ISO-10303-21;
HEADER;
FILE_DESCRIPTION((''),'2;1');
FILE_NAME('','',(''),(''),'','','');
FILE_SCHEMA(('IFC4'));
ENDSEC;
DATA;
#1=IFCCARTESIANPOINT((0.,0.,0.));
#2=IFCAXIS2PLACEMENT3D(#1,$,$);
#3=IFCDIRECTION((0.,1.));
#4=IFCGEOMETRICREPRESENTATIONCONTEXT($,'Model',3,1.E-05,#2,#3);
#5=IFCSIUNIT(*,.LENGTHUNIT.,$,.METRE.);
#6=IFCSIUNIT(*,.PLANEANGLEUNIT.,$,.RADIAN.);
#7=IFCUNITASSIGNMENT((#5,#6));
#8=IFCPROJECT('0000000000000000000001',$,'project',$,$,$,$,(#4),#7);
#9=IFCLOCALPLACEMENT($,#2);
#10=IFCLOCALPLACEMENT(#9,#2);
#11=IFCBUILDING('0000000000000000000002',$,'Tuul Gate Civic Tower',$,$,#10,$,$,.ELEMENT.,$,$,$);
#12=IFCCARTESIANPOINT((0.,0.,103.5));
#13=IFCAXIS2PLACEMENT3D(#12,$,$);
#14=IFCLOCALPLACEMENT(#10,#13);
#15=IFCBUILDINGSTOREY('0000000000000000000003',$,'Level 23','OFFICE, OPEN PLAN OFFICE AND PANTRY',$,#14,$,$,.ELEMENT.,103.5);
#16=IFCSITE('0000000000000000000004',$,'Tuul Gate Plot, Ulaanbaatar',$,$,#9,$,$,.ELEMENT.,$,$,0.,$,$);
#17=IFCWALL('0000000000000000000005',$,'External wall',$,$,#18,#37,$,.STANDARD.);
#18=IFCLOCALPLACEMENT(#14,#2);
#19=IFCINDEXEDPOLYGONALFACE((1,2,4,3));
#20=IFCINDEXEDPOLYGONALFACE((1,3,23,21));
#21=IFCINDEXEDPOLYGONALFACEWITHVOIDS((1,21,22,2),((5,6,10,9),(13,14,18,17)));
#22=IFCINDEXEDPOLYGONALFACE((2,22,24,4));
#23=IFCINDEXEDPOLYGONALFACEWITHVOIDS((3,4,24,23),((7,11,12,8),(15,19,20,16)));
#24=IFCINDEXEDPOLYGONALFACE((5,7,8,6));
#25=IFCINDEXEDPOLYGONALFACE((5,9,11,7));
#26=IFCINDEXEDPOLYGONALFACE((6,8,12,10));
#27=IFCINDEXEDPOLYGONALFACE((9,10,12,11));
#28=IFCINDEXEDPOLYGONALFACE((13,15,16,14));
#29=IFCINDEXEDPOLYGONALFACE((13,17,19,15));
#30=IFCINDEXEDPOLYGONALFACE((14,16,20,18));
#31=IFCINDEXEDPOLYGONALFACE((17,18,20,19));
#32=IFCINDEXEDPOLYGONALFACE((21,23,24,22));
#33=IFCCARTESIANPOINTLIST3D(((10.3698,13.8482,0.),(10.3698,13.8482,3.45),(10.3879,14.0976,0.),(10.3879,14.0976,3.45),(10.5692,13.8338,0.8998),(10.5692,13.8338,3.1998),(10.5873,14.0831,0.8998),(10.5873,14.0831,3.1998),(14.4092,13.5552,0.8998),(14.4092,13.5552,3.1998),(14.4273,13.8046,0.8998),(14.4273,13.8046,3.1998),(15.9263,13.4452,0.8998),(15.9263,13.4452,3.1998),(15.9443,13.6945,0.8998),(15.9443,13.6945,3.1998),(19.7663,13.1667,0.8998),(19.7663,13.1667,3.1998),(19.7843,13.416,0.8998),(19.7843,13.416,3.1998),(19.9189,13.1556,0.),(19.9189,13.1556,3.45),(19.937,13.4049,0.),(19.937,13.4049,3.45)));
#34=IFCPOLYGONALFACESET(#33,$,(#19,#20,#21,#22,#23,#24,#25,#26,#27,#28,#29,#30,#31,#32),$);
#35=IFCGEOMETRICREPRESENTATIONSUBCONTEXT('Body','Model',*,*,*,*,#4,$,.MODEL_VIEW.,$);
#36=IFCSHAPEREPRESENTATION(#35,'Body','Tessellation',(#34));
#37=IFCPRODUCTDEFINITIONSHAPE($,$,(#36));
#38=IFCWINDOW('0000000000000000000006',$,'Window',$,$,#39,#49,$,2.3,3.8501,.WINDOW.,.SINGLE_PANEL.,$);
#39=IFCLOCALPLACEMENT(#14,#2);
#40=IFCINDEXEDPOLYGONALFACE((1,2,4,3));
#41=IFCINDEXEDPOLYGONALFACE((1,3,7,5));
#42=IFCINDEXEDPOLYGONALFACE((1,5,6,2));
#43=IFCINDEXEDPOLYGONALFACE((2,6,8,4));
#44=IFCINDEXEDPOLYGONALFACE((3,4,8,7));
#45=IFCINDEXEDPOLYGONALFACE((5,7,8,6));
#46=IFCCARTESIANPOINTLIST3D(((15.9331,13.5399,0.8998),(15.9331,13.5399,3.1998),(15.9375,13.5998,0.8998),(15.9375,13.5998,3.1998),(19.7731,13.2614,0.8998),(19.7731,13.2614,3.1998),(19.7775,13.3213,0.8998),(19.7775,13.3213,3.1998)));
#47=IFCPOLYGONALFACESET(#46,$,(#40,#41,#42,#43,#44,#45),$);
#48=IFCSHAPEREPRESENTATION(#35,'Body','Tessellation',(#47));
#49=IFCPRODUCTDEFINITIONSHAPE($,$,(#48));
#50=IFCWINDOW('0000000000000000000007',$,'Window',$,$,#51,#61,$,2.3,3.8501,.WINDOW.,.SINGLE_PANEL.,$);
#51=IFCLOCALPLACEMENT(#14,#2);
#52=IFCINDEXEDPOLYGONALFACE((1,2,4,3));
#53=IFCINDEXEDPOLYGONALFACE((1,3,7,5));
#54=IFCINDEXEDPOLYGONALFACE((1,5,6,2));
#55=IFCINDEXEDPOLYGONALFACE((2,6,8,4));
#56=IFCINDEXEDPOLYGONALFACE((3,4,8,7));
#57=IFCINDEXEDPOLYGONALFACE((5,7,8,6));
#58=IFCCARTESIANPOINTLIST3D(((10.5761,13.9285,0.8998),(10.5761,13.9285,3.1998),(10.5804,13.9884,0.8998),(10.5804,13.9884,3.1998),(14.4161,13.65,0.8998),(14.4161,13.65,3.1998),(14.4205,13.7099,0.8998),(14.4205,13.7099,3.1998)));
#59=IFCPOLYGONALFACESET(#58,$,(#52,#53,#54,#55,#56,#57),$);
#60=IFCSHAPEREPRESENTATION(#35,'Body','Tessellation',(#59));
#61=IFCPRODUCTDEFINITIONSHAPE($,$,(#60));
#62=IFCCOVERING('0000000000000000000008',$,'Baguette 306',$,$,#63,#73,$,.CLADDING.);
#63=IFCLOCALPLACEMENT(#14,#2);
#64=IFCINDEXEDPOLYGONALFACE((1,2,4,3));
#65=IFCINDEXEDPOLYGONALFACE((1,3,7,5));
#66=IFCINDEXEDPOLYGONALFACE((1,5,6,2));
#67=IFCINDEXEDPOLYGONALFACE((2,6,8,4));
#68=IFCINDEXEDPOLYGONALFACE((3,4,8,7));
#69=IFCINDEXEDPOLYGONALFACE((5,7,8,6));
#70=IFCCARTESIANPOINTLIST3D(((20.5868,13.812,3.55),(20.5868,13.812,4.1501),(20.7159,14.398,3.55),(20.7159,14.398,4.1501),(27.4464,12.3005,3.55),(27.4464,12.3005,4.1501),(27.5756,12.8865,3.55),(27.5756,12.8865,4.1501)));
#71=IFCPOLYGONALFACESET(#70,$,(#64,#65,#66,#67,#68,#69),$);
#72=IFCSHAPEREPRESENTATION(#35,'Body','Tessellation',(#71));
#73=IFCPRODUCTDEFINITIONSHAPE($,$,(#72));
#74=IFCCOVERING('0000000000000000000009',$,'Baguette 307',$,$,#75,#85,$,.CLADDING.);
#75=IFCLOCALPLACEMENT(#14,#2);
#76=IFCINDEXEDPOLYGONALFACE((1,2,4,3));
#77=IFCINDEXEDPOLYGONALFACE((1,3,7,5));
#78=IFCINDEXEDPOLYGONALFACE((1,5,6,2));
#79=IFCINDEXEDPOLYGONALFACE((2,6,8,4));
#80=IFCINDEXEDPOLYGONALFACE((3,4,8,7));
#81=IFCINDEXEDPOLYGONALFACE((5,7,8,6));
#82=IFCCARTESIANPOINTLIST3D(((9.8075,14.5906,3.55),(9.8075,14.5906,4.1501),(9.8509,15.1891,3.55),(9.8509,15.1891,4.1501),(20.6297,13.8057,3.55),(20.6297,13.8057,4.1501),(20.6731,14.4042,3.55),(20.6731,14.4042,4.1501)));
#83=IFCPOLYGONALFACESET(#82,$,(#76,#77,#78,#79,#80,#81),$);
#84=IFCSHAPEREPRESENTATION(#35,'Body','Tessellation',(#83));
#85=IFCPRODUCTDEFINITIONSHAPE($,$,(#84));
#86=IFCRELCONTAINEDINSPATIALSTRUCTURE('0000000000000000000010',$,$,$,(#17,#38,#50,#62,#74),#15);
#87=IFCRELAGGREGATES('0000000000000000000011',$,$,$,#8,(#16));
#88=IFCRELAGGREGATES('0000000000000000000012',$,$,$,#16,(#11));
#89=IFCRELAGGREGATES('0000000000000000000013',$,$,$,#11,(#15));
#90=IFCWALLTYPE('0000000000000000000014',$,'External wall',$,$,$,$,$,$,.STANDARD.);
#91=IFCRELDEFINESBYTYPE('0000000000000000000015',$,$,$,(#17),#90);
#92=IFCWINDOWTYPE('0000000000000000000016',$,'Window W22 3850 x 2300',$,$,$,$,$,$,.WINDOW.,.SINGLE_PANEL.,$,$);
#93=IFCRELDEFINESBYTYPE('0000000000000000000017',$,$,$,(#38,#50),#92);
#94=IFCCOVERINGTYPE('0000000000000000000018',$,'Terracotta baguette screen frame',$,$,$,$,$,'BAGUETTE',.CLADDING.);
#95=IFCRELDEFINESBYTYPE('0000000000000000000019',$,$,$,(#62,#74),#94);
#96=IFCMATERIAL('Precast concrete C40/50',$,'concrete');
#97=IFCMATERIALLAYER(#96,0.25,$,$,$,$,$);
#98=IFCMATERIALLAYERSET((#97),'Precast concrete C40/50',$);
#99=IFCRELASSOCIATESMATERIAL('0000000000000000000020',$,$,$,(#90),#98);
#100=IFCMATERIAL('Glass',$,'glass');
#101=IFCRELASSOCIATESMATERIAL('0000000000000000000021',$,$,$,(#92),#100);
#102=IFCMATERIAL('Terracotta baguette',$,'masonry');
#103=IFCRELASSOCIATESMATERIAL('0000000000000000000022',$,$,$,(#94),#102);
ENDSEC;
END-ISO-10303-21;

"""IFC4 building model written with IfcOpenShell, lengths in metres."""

from ifc_helpers import new_model, si_unit, direction, frame, frame_2d, origin, origin_2d, place, context, subcontext, project, spatial, rectangle, extrude, material, layer, layer_set, material_profile, profile_set, type_object, element, fill, save


model = new_model("IFC4")

# Units and contexts
model_context = context("Model", 3, precision=1e-05, world=origin(), true_north=direction((0.0, 1.0)))
body_context = subcontext(model_context, "Body", "Model", "MODEL_VIEW")
ifc_project = project(units=[si_unit("LENGTHUNIT", "METRE"), si_unit("PLANEANGLEUNIT", "RADIAN")], contexts=[model_context])

# Site, building, storey
site_placement = place(None, origin())
site = spatial("IfcSite", under=ifc_project, at=site_placement, Name="Tuul Gate Plot, Ulaanbaatar", CompositionType="ELEMENT", RefElevation=0.0)
building_placement = place(site_placement, origin())
building = spatial("IfcBuilding", under=site, at=building_placement, Name="Tuul Gate Civic Tower", CompositionType="ELEMENT")
storey_placement = place(building_placement, frame((0.0, 0.0, 103.5)))
storey = spatial("IfcBuildingStorey", under=building, at=storey_placement, Name="Level 23", Description="OFFICE, OPEN PLAN OFFICE AND PANTRY", CompositionType="ELEMENT", Elevation=103.5)

# Wall, openings, windows
ifc_material_1 = material(Name="Precast concrete C40/50", Category="concrete")
ifc_layer_1 = layer(ifc_material_1, 0.25)
ifc_layer_set_1 = layer_set([ifc_layer_1], Name="Precast concrete C40/50")
wall_type_1 = type_object("IfcWallType", Name="External wall", PredefinedType="STANDARD", material=ifc_layer_set_1)
wall_1_placement = place(storey_placement, frame((19.928, 13.2803, 0.0), z_axis=(0.0, 0.0, 1.0), x_axis=(-0.99738, 0.072343, 0.0)))
wall_1 = element("IfcWall", 1, at=wall_1_placement, inside=storey, type_object=wall_type_1, Name="External wall", PredefinedType="STANDARD", context=body_context, shape_type="SweptSolid", body=[
    extrude(rectangle(XDim=9.5742, YDim=0.25, at=frame_2d((4.7871, 0.0))), origin(), (0.0, 0.0, 1.0), 3.45),
])
opening_1_placement = place(wall_1_placement, frame((0.1531, 0.0, 0.8999)))
opening_1 = element("IfcOpeningElement", 2, at=opening_1_placement, cuts=wall_1, PredefinedType="OPENING", context=body_context, shape_type="SweptSolid", body=[
    extrude(rectangle(XDim=3.8501, YDim=2.3, at=frame_2d((1.925, 1.1499))), frame((0.0, 0.135, 0.0), z_axis=(0.0, -1.0, 0.0), x_axis=(1.0, 0.0, 0.0)), (0.0, 0.0, 1.0), 0.27),
])
opening_2_placement = place(wall_1_placement, frame((5.5242, 0.0, 0.8999)))
opening_2 = element("IfcOpeningElement", 3, at=opening_2_placement, cuts=wall_1, PredefinedType="OPENING", context=body_context, shape_type="SweptSolid", body=[
    extrude(rectangle(XDim=3.8501, YDim=2.3, at=frame_2d((1.925, 1.1499))), frame((0.0, 0.135, 0.0), z_axis=(0.0, -1.0, 0.0), x_axis=(1.0, 0.0, 0.0)), (0.0, 0.0, 1.0), 0.27),
])
ifc_material_2 = material(Name="Glass", Category="glass")
window_type = type_object("IfcWindowType", Name="Window W22 3850 x 2300", PartitioningType="SINGLE_PANEL", PredefinedType="WINDOW", material=ifc_material_2)
window_1_placement = place(opening_1_placement, origin())
window_1 = element("IfcWindow", 4, at=window_1_placement, inside=storey, type_object=window_type, Name="Window", OverallHeight=2.3, OverallWidth=3.8501, PartitioningType="SINGLE_PANEL", PredefinedType="WINDOW", context=body_context, shape_type="SweptSolid", body=[
    extrude(rectangle(XDim=3.8501, YDim=2.3, at=frame_2d((1.925, 1.1499))), frame((0.0, 0.03, 0.0), z_axis=(0.0, -1.0, 0.0), x_axis=(1.0, 0.0, 0.0)), (0.0, 0.0, 1.0), 0.0601),
])
fill(opening_1, window_1)
window_2_placement = place(opening_2_placement, origin())
window_2 = element("IfcWindow", 5, at=window_2_placement, inside=storey, type_object=window_type, Name="Window", OverallHeight=2.3, OverallWidth=3.8501, PartitioningType="SINGLE_PANEL", PredefinedType="WINDOW", context=body_context, shape_type="SweptSolid", body=[
    extrude(rectangle(XDim=3.8501, YDim=2.3, at=frame_2d((1.925, 1.1499))), frame((0.0, 0.03, 0.0), z_axis=(0.0, -1.0, 0.0), x_axis=(1.0, 0.0, 0.0)), (0.0, 0.0, 1.0), 0.0601),
])
fill(opening_2, window_2)

# Coverings
ifc_material_3 = material(Name="Terracotta baguette", Category="masonry")
ifc_material_profile_1 = material_profile(ifc_material_3, rectangle(XDim=0.6001, YDim=0.6001, at=origin_2d()), Name="Terracotta baguette screen frame")
ifc_profile_set_1 = profile_set([ifc_material_profile_1], Name="Terracotta baguette")
covering_type = type_object("IfcCoveringType", Name="Terracotta baguette screen frame", ElementType="BAGUETTE", PredefinedType="CLADDING", material=ifc_profile_set_1)
covering_1_placement = place(storey_placement, frame((27.511, 12.5935, 3.8501), z_axis=(-0.976574, 0.215182, 0.0), x_axis=(-0.215182, -0.976574, 0.0)))
element("IfcCovering", 6, at=covering_1_placement, inside=storey, type_object=covering_type, Name="Baguette 306", PredefinedType="CLADDING", context=body_context, shape_type="SweptSolid", body=[
    extrude(rectangle(XDim=0.6001, YDim=0.6001, at=origin_2d()), origin(), (0.0, 0.0, 1.0), 7.0242),
])
covering_2_placement = place(storey_placement, frame((20.6514, 14.105, 3.8501), z_axis=(-0.99738, 0.072338, 0.0), x_axis=(-0.072338, -0.99738, 0.0)))
element("IfcCovering", 7, at=covering_2_placement, inside=storey, type_object=covering_type, Name="Baguette 307", PredefinedType="CLADDING", context=body_context, shape_type="SweptSolid", body=[
    extrude(rectangle(XDim=0.6001, YDim=0.6001, at=origin_2d()), origin(), (0.0, 0.0, 1.0), 10.8506),
])

save(model, "model.ifc")
